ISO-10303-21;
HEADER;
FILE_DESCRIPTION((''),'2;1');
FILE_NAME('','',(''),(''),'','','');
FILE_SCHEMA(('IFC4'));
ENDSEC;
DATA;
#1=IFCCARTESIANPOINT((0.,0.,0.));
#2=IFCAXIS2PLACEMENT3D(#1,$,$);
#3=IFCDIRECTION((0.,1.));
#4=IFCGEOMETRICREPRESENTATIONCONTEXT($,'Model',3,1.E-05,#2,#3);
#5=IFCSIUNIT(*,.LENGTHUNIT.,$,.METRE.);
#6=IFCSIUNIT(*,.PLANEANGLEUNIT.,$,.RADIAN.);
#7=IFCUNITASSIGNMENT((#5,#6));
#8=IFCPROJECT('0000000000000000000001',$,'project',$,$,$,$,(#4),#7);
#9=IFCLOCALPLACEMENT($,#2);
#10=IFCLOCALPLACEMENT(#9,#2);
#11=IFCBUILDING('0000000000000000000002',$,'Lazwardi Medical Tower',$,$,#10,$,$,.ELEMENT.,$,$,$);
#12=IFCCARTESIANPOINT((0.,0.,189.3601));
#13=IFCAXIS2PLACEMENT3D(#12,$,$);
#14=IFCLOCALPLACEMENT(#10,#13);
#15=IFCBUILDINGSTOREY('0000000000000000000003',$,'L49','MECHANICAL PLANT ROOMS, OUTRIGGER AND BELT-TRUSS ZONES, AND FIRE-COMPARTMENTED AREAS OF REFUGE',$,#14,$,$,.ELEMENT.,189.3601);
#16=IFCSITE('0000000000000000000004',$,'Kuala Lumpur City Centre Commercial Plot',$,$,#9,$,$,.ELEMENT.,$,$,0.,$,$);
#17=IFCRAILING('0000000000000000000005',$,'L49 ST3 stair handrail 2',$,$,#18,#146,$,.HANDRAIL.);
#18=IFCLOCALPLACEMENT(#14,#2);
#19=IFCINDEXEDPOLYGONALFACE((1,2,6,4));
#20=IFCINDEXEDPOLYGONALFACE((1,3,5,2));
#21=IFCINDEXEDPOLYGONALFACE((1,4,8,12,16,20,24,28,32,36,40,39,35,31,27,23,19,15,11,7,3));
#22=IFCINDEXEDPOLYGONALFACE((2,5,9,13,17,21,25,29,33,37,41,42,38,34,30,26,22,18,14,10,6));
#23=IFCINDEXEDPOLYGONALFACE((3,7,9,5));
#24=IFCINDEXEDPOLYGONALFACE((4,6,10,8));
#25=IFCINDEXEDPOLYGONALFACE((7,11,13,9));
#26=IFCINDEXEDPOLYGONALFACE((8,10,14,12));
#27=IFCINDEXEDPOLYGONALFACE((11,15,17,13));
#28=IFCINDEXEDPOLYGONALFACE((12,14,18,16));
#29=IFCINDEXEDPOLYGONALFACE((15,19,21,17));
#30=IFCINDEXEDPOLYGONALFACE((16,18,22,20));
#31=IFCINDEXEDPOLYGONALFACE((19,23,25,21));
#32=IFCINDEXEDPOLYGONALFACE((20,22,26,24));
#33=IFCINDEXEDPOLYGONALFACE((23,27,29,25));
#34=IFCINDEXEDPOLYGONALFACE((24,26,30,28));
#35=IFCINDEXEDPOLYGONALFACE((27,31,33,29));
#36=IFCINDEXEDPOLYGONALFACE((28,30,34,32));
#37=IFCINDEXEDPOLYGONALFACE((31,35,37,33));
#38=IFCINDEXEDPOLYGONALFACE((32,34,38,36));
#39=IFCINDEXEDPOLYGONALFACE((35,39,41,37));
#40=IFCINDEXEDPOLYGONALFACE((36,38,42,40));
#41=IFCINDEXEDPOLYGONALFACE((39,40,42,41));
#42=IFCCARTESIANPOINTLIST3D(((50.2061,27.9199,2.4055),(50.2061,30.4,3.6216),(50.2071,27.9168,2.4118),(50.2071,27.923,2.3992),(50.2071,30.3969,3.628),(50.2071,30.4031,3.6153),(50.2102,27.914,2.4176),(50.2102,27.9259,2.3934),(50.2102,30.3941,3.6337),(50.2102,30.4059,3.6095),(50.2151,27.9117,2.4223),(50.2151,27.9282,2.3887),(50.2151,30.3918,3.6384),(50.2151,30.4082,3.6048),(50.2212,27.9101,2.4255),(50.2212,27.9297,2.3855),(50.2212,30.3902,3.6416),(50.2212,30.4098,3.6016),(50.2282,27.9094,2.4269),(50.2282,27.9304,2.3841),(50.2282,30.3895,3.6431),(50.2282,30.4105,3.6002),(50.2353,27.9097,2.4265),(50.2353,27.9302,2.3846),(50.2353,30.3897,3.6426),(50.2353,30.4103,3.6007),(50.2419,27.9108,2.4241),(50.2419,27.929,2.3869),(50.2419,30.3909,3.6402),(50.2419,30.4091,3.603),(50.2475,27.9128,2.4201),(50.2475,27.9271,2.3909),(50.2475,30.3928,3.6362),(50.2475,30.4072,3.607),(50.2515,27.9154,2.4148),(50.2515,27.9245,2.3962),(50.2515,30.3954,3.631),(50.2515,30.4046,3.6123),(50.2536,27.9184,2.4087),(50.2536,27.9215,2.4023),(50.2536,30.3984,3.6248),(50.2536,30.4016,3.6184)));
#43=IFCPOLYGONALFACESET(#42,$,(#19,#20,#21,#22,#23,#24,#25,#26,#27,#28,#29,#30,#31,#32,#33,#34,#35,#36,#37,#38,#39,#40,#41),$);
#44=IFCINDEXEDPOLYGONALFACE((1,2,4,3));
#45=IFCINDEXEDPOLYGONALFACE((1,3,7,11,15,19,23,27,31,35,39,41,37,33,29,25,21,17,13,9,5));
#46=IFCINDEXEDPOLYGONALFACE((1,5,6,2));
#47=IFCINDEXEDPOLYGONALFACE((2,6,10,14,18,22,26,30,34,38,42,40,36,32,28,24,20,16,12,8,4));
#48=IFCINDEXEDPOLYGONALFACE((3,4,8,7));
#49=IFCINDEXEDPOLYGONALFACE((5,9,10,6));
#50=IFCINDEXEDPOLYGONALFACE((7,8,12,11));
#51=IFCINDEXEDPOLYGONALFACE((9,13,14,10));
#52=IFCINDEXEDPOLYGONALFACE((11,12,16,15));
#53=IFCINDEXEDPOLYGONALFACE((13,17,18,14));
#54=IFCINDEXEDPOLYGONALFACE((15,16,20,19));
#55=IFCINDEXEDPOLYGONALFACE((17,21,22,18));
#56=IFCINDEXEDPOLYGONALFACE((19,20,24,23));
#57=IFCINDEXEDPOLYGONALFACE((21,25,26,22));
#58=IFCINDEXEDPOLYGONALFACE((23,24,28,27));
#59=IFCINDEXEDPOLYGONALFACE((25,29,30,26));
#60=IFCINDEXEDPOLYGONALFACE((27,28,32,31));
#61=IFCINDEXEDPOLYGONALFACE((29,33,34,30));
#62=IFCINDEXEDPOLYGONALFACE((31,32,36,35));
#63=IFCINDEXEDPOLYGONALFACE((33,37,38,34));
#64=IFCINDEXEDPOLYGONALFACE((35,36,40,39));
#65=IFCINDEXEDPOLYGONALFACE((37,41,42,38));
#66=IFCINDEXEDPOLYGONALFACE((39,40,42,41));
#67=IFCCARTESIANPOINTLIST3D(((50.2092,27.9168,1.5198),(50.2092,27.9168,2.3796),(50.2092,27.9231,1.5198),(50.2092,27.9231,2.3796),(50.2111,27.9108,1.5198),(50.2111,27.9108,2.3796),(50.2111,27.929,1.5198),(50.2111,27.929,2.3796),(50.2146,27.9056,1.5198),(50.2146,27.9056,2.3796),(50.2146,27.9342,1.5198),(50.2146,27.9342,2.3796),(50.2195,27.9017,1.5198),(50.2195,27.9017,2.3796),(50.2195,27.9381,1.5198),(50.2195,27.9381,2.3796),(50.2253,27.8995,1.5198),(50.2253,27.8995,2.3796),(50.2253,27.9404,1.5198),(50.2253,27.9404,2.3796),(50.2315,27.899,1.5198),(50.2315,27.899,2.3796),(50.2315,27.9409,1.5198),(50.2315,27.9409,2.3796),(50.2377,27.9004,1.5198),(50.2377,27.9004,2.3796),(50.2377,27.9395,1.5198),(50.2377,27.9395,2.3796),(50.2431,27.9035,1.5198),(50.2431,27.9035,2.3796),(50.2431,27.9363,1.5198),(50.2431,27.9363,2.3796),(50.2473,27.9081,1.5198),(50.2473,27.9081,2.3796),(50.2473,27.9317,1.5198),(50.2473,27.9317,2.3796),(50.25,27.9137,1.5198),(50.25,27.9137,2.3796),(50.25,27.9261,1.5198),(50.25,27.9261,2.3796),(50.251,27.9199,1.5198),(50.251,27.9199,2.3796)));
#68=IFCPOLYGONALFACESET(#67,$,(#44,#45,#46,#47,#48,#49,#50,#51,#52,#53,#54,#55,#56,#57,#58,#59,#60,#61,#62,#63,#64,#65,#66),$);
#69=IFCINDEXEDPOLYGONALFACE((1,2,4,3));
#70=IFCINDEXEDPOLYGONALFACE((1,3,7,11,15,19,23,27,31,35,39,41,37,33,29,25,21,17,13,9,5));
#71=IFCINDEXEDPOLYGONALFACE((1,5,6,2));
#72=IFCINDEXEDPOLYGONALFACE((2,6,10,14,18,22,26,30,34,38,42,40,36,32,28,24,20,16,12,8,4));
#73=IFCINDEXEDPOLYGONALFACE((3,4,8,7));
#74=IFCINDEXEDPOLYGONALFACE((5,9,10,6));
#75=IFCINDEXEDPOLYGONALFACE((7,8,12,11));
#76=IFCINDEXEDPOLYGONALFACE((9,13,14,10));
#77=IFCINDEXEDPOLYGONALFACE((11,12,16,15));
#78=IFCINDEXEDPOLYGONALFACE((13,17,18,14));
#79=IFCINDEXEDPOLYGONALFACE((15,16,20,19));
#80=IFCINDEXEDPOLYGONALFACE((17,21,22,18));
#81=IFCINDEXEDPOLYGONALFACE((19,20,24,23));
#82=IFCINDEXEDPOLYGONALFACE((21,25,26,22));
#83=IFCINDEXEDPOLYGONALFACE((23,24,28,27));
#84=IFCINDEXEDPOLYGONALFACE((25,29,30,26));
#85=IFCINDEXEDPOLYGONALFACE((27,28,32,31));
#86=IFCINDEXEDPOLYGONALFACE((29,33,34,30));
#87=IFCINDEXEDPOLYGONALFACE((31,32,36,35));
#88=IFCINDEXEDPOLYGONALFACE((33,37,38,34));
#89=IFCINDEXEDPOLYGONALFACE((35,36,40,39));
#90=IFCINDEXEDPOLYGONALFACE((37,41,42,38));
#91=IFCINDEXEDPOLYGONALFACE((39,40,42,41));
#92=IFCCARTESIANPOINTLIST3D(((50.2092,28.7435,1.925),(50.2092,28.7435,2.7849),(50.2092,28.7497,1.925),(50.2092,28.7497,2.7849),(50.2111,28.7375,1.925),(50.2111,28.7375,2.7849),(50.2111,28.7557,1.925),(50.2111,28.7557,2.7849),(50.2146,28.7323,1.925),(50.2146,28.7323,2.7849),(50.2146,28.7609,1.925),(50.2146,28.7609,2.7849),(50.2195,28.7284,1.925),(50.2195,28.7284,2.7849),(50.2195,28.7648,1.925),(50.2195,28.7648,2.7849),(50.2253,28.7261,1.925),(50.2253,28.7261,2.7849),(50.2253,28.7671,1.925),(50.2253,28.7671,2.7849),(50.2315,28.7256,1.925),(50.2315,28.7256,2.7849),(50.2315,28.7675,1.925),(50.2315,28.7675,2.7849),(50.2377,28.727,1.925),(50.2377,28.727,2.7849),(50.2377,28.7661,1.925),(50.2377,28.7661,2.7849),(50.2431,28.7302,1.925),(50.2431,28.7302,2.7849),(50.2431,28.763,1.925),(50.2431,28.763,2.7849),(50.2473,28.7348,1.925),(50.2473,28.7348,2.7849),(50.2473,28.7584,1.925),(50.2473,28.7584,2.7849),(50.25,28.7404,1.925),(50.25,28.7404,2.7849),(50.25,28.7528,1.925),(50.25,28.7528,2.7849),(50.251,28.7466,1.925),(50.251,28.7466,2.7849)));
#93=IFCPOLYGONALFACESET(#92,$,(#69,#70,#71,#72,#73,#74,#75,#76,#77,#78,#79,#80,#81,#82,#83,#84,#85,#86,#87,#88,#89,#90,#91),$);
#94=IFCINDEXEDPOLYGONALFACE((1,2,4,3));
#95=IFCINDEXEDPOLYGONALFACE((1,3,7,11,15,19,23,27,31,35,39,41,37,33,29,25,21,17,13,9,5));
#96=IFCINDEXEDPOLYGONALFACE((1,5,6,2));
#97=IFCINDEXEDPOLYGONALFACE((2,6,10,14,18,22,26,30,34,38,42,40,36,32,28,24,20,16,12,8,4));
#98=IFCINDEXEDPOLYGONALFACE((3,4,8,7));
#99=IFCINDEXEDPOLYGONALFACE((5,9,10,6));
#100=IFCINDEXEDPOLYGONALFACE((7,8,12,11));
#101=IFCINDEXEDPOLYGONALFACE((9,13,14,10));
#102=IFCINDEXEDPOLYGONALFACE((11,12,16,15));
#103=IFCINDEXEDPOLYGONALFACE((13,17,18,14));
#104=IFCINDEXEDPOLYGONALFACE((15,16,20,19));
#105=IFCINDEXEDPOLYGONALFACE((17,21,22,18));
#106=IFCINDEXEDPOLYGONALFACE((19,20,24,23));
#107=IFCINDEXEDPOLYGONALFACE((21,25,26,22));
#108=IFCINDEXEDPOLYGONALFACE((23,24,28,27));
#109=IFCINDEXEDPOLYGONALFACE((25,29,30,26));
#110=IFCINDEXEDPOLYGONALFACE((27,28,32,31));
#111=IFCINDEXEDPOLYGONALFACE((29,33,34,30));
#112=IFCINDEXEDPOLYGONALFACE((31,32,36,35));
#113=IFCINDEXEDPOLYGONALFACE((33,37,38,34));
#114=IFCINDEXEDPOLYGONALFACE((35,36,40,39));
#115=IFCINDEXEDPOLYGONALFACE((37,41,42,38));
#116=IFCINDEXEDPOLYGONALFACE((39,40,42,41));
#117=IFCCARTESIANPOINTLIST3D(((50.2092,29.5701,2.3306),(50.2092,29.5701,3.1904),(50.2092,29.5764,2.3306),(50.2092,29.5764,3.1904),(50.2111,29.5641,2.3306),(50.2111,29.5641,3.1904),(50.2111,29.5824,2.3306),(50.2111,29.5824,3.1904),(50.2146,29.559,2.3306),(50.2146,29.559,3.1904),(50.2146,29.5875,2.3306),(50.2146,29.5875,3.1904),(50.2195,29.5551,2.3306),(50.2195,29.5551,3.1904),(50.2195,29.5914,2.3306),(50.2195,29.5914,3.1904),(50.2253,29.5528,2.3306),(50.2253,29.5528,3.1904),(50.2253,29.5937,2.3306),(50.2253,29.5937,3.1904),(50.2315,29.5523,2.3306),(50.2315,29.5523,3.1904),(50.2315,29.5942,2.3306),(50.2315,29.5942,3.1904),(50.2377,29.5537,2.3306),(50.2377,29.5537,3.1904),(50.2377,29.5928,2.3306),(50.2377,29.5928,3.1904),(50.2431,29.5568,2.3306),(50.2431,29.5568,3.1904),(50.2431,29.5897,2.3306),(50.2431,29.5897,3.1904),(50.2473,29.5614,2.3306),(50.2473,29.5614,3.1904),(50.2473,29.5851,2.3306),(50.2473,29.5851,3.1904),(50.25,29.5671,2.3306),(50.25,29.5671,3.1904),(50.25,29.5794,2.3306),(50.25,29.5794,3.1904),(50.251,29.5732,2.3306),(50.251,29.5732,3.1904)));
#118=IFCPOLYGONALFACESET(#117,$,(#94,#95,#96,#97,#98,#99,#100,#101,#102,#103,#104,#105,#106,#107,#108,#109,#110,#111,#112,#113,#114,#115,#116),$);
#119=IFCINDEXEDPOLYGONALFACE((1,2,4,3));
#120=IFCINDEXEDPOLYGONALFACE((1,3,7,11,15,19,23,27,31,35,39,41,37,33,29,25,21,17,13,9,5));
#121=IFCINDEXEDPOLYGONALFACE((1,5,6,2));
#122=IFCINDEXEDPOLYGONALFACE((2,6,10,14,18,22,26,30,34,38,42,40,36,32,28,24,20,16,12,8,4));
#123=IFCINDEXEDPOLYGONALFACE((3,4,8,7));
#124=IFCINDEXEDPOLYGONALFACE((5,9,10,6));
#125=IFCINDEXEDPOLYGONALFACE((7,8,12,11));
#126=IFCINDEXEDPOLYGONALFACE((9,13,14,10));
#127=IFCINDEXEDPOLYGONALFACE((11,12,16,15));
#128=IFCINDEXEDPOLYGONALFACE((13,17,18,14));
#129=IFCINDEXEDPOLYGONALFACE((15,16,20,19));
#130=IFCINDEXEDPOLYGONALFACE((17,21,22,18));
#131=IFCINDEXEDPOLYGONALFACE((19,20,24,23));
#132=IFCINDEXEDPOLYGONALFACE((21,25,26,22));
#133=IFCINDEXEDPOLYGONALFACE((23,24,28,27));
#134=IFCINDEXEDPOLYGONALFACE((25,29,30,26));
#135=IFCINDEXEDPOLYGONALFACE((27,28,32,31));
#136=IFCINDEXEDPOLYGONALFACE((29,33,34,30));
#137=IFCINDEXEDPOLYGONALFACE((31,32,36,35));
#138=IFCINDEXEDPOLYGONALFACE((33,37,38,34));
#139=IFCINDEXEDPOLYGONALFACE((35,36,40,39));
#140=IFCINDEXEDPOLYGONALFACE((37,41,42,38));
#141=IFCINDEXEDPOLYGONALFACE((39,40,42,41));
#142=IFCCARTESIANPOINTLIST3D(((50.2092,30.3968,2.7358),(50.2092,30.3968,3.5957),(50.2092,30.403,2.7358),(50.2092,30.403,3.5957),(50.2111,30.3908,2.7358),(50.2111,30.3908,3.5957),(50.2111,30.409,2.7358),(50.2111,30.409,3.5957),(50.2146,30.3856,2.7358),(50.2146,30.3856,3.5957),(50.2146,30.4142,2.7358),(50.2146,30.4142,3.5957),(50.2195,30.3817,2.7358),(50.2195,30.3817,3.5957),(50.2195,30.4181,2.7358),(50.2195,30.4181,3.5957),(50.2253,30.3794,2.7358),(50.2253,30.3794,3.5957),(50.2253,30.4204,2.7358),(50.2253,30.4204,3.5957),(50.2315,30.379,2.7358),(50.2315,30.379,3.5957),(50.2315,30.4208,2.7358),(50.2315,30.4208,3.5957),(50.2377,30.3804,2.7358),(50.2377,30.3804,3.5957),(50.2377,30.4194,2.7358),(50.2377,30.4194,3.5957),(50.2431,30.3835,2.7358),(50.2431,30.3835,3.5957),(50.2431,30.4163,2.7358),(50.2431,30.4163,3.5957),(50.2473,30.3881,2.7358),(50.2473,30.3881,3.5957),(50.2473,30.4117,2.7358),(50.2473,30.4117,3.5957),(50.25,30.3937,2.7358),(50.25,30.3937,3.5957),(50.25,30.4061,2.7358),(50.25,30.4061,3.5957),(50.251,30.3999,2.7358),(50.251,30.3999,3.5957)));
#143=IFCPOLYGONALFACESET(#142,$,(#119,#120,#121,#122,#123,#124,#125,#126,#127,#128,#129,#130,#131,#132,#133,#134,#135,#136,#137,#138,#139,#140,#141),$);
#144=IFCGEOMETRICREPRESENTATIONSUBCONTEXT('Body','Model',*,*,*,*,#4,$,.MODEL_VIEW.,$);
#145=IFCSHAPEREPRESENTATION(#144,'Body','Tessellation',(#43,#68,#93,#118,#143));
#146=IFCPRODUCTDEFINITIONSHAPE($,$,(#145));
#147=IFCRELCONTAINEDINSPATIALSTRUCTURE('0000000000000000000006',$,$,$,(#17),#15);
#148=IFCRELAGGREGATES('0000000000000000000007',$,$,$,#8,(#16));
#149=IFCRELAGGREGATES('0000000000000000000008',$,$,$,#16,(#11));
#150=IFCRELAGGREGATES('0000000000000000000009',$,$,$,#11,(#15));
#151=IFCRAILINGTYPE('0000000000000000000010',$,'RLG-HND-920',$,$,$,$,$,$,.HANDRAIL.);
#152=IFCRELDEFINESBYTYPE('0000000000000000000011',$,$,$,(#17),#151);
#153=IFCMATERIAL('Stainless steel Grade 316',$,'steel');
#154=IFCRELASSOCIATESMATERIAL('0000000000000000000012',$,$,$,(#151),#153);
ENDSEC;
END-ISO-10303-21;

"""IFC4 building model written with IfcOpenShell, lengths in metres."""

from ifc_helpers import new_model, si_unit, direction, frame, origin, origin_2d, place, context, subcontext, project, spatial, circle, extrude, material, type_object, element, save


model = new_model("IFC4")

# Units and contexts
model_context = context("Model", 3, precision=1e-05, world=origin(), true_north=direction((0.0, 1.0)))
body_context = subcontext(model_context, "Body", "Model", "MODEL_VIEW")
ifc_project = project(units=[si_unit("LENGTHUNIT", "METRE"), si_unit("PLANEANGLEUNIT", "RADIAN")], contexts=[model_context])

# Site, building, storey
site_placement = place(None, origin())
site = spatial("IfcSite", under=ifc_project, at=site_placement, Name="Kuala Lumpur City Centre Commercial Plot", CompositionType="ELEMENT", RefElevation=0.0)
building_placement = place(site_placement, origin())
building = spatial("IfcBuilding", under=site, at=building_placement, Name="Lazwardi Medical Tower", CompositionType="ELEMENT")
storey_placement = place(building_placement, frame((0.0, 0.0, 189.3601)))
storey = spatial("IfcBuildingStorey", under=building, at=storey_placement, Name="L49", Description="MECHANICAL PLANT ROOMS, OUTRIGGER AND BELT-TRUSS ZONES, AND FIRE-COMPARTMENTED AREAS OF REFUGE", CompositionType="ELEMENT", Elevation=189.3601)

# Railing
ifc_material_1 = material(Name="Stainless steel Grade 316", Category="steel")
railing_type_1 = type_object("IfcRailingType", Name="RLG-HND-920", PredefinedType="HANDRAIL", material=ifc_material_1)
for number, where, name in (
    (1, (50.23, 27.9199, 1.5198), "L49 ST3 stair handrail 2"),
):
    element("IfcRailing", number, at=place(storey_placement, frame(where)), inside=storey, type_object=railing_type_1, Name=name, PredefinedType="HANDRAIL", context=body_context, shape_type="SweptSolid", body=[
        extrude(circle(Radius=0.0239, at=origin_2d()), frame((0.0, 0.0, 0.8857), z_axis=(0.0, 0.897865, 0.44027), x_axis=(-1.0, 0.0, 0.0)), (0.0, 0.0, 1.0), 2.7622),
        extrude(circle(Radius=0.021, at=origin_2d()), origin(), (0.0, 0.0, 1.0), 0.8599),
        extrude(circle(Radius=0.021, at=origin_2d()), frame((0.0, 0.8267, 0.4053)), (0.0, 0.0, 1.0), 0.8599),
        extrude(circle(Radius=0.021, at=origin_2d()), frame((0.0, 1.6533, 0.8108)), (0.0, 0.0, 1.0), 0.8599),
        extrude(circle(Radius=0.021, at=origin_2d()), frame((0.0, 2.48, 1.2161)), (0.0, 0.0, 1.0), 0.8599),
    ])

save(model, "model.ifc")
